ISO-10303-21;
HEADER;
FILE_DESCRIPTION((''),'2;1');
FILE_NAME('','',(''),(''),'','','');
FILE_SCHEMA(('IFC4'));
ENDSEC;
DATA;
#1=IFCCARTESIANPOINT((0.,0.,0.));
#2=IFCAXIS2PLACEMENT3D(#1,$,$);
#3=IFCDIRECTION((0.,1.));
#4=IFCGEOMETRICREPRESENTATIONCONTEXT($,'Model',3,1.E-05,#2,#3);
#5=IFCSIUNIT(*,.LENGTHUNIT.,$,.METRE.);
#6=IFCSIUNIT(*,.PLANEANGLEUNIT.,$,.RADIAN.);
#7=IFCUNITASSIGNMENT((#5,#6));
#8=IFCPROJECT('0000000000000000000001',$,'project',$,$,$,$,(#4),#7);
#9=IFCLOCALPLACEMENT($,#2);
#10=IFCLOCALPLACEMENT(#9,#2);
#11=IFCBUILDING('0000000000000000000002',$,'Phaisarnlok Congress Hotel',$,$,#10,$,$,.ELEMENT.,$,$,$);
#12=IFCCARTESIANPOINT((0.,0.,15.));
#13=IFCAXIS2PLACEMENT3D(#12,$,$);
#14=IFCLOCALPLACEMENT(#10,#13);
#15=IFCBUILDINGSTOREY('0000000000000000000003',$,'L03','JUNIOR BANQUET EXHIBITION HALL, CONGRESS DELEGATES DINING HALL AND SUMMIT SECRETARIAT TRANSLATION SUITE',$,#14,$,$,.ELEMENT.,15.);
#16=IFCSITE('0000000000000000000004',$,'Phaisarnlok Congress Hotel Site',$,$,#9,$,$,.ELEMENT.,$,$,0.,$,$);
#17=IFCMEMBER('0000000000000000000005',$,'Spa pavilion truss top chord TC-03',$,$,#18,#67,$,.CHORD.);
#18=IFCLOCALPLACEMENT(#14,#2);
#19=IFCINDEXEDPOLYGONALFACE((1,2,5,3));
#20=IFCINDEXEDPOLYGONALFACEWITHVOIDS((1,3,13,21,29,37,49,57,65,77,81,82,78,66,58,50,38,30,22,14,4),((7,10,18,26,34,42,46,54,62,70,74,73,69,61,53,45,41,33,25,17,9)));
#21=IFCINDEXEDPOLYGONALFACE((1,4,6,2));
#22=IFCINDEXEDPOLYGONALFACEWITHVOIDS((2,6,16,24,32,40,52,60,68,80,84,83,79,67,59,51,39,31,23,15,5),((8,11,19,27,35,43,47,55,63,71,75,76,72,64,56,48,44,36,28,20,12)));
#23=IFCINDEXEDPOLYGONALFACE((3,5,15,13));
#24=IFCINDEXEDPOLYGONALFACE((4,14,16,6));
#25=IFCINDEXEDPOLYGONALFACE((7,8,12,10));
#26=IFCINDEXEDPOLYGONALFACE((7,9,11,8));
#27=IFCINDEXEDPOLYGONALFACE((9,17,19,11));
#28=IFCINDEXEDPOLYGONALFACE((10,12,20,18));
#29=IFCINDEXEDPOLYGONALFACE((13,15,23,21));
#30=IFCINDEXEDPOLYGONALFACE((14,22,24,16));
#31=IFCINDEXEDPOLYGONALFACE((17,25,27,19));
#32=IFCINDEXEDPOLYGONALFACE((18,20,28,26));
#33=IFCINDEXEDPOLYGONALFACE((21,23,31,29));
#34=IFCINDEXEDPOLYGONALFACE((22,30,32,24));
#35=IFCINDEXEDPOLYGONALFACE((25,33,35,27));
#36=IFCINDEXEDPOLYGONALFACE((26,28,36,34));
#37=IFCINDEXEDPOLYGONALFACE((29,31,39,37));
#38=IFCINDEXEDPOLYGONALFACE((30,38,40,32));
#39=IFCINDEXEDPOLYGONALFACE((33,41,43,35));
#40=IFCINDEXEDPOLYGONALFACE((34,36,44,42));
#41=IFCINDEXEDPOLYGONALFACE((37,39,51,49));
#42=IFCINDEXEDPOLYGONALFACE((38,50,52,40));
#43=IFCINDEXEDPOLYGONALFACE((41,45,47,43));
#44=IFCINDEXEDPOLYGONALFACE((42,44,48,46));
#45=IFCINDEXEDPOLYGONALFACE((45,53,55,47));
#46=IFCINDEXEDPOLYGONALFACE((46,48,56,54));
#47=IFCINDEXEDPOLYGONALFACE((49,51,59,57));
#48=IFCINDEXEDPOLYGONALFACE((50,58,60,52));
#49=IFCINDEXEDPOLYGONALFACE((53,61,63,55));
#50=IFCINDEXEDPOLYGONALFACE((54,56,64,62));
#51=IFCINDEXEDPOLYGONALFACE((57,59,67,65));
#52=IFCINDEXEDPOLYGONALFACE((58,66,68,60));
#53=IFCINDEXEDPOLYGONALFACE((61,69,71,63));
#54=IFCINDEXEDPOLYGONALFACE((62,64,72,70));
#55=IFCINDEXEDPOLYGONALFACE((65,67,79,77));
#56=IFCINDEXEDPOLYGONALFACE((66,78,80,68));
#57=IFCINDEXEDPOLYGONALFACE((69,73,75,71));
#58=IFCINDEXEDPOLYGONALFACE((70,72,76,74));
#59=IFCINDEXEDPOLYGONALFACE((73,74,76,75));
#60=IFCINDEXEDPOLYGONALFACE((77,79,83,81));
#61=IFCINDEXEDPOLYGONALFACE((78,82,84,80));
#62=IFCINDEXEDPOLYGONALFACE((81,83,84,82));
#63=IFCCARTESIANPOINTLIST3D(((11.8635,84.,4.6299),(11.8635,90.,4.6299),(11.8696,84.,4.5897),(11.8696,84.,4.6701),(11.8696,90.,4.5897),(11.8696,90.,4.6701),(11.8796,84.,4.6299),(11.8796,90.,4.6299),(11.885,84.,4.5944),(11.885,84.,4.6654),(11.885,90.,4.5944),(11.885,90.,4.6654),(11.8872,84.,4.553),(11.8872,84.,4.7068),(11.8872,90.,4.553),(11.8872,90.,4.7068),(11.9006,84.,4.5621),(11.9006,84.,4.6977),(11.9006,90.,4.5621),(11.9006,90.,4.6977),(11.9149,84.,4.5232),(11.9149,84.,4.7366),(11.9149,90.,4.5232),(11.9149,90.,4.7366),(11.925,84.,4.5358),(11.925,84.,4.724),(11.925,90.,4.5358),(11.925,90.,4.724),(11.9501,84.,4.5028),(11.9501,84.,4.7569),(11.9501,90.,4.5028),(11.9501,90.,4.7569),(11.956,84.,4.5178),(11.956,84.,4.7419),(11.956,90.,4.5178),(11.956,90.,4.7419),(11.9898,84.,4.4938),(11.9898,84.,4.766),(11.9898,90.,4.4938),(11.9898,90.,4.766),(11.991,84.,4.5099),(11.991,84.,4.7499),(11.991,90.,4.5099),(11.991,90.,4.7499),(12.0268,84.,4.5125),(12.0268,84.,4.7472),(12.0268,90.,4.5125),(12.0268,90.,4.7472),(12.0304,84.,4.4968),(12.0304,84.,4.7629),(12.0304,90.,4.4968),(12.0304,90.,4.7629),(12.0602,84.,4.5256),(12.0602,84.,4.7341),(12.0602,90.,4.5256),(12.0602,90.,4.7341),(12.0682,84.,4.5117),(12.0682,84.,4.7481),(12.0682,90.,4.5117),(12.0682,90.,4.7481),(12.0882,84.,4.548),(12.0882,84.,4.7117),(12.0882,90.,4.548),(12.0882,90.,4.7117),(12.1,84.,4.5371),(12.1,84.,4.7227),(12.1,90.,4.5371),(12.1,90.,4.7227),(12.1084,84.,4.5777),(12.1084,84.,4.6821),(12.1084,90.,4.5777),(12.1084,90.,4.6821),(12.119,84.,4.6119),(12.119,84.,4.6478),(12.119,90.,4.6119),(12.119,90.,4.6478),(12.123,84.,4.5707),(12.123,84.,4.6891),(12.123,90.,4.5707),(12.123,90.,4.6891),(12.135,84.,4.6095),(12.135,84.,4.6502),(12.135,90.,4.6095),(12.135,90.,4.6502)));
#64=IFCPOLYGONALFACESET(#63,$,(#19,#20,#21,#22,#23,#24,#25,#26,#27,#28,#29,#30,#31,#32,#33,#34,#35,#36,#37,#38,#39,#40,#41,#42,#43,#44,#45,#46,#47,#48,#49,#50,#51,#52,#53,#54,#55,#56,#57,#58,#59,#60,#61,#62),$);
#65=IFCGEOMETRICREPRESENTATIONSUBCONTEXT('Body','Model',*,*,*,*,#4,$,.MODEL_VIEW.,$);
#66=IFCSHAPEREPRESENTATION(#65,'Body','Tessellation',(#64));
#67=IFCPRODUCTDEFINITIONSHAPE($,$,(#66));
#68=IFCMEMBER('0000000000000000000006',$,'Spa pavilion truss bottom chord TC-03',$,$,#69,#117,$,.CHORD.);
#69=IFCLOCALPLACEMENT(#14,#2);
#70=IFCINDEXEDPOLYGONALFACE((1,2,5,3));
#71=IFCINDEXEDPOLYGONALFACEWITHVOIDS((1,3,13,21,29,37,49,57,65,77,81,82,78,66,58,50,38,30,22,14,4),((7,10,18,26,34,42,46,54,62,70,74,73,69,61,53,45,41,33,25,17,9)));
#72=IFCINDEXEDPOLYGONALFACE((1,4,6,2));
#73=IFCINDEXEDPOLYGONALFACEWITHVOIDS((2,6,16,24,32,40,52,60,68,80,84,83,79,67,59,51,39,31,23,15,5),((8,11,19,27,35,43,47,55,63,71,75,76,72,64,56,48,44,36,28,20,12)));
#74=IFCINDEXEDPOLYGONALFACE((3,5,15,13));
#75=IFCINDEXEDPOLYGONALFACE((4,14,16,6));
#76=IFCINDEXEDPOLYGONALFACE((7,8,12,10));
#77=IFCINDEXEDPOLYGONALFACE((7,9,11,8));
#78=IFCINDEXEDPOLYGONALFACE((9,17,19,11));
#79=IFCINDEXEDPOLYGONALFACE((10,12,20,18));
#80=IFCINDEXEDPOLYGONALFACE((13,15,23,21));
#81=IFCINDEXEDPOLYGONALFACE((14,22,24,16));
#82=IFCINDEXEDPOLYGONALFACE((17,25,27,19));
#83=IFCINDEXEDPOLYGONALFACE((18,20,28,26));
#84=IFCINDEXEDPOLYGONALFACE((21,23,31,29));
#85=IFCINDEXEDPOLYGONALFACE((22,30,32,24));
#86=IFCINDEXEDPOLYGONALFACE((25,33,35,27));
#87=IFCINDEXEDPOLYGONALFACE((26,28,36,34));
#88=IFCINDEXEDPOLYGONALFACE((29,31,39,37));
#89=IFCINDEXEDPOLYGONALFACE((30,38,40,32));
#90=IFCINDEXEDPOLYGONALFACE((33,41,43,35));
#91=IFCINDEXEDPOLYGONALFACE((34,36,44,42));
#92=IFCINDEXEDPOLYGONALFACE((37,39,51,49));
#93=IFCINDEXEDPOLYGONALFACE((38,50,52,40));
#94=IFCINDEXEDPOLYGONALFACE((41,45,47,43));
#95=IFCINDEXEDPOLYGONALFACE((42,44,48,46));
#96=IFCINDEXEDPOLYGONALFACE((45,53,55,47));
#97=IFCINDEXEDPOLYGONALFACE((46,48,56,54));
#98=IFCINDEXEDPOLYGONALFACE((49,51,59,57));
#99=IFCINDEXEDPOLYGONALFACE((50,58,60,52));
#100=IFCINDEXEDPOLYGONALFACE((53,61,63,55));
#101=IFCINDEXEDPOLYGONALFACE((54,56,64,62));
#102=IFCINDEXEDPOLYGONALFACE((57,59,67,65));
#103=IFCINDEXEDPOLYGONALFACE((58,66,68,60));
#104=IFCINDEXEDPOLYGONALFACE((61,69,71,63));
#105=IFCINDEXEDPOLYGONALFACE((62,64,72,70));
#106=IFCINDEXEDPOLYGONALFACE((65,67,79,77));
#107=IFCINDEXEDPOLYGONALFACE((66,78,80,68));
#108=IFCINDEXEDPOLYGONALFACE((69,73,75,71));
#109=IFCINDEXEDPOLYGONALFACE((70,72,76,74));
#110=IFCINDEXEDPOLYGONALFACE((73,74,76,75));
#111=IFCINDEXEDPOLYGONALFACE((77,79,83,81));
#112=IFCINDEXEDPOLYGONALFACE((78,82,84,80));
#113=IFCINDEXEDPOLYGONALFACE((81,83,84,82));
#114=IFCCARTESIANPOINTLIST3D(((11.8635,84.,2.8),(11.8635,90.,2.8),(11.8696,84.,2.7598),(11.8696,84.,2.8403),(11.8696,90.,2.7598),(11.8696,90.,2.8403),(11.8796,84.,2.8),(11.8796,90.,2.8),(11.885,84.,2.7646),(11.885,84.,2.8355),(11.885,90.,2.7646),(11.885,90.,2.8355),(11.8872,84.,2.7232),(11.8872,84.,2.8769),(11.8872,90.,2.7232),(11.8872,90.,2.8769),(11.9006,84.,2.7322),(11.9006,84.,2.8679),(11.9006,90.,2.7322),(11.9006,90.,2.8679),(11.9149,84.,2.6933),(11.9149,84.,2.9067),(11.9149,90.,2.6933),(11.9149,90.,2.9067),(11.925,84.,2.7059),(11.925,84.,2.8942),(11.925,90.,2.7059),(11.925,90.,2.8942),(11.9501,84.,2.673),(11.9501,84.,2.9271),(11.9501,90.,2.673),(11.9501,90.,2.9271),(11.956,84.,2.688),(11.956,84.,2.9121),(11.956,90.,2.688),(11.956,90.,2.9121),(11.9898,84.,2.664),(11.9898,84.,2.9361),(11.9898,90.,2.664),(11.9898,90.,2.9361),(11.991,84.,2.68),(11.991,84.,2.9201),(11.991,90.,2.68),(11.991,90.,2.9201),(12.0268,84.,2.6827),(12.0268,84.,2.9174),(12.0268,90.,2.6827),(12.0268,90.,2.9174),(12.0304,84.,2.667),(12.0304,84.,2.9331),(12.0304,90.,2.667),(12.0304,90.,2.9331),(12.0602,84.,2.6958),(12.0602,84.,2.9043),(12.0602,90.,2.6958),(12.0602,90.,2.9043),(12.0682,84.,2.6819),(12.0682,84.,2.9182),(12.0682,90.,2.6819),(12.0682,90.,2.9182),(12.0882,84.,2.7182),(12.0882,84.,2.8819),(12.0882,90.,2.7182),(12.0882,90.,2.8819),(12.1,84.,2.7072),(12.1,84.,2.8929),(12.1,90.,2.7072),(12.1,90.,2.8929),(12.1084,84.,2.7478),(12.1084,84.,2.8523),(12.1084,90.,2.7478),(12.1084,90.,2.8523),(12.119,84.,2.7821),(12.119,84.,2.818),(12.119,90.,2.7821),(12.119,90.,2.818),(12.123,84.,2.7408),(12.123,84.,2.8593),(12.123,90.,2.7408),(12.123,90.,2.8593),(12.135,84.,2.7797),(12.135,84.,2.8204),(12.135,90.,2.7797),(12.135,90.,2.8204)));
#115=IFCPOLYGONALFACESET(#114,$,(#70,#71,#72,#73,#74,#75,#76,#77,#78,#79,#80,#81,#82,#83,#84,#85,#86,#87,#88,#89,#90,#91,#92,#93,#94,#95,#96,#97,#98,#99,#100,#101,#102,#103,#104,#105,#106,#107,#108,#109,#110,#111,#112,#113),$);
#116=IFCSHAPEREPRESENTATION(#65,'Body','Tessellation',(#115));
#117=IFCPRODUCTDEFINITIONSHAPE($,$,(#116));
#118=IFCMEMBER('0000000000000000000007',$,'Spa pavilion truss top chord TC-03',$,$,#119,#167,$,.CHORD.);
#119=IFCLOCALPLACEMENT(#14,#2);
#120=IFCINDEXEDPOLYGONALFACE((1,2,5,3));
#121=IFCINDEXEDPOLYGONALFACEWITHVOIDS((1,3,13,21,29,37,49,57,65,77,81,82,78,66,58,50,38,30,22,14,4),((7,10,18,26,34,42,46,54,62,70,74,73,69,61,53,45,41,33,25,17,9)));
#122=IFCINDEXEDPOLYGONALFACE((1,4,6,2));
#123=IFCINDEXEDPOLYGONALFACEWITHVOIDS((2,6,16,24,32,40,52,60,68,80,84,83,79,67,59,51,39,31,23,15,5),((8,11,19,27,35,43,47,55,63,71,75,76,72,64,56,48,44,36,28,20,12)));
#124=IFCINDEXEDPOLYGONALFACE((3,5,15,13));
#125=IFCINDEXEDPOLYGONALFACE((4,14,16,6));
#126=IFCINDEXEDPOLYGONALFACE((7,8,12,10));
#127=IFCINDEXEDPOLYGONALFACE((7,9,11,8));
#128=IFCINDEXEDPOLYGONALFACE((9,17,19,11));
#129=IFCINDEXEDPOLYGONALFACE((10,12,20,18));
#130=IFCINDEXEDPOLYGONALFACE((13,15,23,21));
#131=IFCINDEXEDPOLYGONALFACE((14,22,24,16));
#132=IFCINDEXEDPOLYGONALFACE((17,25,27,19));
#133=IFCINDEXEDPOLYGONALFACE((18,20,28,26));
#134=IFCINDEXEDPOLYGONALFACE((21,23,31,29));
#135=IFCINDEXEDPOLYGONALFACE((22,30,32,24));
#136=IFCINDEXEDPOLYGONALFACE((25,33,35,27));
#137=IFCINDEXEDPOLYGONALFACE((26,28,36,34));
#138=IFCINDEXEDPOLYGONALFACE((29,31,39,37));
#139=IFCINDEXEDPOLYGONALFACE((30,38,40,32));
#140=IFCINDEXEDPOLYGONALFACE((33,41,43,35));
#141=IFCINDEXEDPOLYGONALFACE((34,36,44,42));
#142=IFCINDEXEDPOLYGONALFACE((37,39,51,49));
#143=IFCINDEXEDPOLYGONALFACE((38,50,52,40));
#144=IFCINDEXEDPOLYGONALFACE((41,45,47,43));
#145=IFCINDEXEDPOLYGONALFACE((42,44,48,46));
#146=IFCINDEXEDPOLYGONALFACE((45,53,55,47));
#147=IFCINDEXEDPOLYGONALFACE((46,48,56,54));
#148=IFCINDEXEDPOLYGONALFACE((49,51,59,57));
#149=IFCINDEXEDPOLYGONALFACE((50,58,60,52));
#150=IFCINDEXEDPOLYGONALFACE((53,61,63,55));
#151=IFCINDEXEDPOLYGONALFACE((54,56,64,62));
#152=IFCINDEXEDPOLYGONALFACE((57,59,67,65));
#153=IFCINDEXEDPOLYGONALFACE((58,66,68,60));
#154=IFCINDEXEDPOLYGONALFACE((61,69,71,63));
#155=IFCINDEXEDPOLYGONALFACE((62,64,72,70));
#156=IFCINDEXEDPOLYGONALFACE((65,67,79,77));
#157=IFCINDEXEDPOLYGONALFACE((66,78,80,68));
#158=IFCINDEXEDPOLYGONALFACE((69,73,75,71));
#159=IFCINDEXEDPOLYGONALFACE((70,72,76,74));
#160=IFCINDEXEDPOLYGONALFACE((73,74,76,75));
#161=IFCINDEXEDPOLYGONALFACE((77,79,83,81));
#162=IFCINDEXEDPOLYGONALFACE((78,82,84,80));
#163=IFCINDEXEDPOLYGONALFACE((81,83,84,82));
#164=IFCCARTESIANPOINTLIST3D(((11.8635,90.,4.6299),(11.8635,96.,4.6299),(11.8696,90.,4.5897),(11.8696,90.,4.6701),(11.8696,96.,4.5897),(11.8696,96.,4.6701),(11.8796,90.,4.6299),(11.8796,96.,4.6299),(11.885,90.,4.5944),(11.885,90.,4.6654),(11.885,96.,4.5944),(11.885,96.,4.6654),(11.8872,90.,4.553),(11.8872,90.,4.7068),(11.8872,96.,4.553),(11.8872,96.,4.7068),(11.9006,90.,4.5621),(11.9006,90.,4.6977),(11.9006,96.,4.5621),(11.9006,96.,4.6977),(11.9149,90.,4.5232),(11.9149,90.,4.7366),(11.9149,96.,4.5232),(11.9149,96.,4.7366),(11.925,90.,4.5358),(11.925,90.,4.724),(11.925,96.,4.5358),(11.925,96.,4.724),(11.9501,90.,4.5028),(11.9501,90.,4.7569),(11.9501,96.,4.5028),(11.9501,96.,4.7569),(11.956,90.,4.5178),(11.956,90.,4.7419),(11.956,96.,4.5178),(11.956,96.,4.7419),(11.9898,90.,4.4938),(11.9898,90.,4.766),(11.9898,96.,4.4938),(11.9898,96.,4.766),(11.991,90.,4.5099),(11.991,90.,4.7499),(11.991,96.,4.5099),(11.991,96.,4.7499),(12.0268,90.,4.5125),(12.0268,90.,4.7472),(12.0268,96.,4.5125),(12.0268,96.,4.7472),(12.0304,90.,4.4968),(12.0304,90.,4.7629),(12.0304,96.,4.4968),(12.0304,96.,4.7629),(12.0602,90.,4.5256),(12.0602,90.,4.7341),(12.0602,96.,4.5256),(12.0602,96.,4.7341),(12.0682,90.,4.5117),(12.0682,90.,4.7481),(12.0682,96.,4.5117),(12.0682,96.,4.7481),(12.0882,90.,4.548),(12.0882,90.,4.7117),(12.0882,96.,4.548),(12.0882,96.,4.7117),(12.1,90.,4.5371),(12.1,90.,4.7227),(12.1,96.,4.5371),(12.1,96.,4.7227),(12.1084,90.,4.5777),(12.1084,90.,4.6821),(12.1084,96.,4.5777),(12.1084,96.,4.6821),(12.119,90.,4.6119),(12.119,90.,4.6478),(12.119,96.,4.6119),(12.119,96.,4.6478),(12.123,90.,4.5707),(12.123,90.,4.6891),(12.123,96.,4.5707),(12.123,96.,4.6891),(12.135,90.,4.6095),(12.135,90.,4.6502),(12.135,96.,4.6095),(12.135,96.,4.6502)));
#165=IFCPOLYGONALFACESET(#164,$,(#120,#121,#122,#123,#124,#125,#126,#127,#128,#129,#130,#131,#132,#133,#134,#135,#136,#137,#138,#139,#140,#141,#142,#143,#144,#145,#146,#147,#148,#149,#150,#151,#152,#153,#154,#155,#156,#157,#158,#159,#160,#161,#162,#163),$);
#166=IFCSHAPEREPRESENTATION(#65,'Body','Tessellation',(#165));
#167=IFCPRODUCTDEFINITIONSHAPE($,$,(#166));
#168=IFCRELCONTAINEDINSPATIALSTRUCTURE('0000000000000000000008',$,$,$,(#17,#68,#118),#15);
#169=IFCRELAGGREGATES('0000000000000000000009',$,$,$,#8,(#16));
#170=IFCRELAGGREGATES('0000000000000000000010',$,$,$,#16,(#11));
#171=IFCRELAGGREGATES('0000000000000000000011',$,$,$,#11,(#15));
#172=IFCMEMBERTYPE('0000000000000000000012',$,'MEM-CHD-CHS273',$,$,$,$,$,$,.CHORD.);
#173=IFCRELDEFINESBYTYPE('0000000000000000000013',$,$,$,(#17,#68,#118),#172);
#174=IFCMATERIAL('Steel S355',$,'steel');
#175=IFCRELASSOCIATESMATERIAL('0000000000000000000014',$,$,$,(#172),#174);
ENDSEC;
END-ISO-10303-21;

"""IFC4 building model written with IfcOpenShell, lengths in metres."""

from ifc_helpers import new_model, si_unit, direction, frame, origin, origin_2d, place, context, subcontext, project, spatial, hollow_circle, extrude, material, material_profile, profile_set, type_object, element, save


model = new_model("IFC4")

# Units and contexts
model_context = context("Model", 3, precision=1e-05, world=origin(), true_north=direction((0.0, 1.0)))
body_context = subcontext(model_context, "Body", "Model", "MODEL_VIEW")
ifc_project = project(units=[si_unit("LENGTHUNIT", "METRE"), si_unit("PLANEANGLEUNIT", "RADIAN")], contexts=[model_context])

# Site, building, storey
site_placement = place(None, origin())
site = spatial("IfcSite", under=ifc_project, at=site_placement, Name="Phaisarnlok Congress Hotel Site", CompositionType="ELEMENT", RefElevation=0.0)
building_placement = place(site_placement, origin())
building = spatial("IfcBuilding", under=site, at=building_placement, Name="Phaisarnlok Congress Hotel", CompositionType="ELEMENT")
storey_placement = place(building_placement, frame((0.0, 0.0, 15.0)))
storey = spatial("IfcBuildingStorey", under=building, at=storey_placement, Name="L03", Description="JUNIOR BANQUET EXHIBITION HALL, CONGRESS DELEGATES DINING HALL AND SUMMIT SECRETARIAT TRANSLATION SUITE", CompositionType="ELEMENT", Elevation=15.0)

# Members
ifc_material_1 = material(Name="Steel S355", Category="steel")
ifc_material_profile_1 = material_profile(ifc_material_1, hollow_circle(Radius=0.1365, WallThickness=0.0161, at=origin_2d()), Name="CHS 273x16")
ifc_profile_set_1 = profile_set([ifc_material_profile_1], Name="Steel S355")
member_type_1 = type_object("IfcMemberType", Name="MEM-CHD-CHS273", PredefinedType="CHORD", material=ifc_profile_set_1)
for number, where, z_axis, x_axis, name in (
    (1, (12.0, 84.0, 4.6299), (0.0, 1.0, 0.0), (-1.0, 0.0, 0.0), "Spa pavilion truss top chord TC-03"),
    (2, (12.0, 84.0, 2.8), (0.0, 1.0, 0.0), (-1.0, 0.0, 0.0), "Spa pavilion truss bottom chord TC-03"),
    (3, (12.0, 90.0, 4.6299), (0.0, 1.0, 0.0), (-1.0, 0.0, 0.0), "Spa pavilion truss top chord TC-03"),
):
    element("IfcMember", number, at=place(storey_placement, frame(where, z_axis=z_axis, x_axis=x_axis)), inside=storey, type_object=member_type_1, Name=name, PredefinedType="CHORD", context=body_context, shape_type="SweptSolid", body=[
        extrude(hollow_circle(Radius=0.1365, WallThickness=0.0161, at=origin_2d()), origin(), (0.0, 0.0, 1.0), 6.0),
    ])

save(model, "model.ifc")
